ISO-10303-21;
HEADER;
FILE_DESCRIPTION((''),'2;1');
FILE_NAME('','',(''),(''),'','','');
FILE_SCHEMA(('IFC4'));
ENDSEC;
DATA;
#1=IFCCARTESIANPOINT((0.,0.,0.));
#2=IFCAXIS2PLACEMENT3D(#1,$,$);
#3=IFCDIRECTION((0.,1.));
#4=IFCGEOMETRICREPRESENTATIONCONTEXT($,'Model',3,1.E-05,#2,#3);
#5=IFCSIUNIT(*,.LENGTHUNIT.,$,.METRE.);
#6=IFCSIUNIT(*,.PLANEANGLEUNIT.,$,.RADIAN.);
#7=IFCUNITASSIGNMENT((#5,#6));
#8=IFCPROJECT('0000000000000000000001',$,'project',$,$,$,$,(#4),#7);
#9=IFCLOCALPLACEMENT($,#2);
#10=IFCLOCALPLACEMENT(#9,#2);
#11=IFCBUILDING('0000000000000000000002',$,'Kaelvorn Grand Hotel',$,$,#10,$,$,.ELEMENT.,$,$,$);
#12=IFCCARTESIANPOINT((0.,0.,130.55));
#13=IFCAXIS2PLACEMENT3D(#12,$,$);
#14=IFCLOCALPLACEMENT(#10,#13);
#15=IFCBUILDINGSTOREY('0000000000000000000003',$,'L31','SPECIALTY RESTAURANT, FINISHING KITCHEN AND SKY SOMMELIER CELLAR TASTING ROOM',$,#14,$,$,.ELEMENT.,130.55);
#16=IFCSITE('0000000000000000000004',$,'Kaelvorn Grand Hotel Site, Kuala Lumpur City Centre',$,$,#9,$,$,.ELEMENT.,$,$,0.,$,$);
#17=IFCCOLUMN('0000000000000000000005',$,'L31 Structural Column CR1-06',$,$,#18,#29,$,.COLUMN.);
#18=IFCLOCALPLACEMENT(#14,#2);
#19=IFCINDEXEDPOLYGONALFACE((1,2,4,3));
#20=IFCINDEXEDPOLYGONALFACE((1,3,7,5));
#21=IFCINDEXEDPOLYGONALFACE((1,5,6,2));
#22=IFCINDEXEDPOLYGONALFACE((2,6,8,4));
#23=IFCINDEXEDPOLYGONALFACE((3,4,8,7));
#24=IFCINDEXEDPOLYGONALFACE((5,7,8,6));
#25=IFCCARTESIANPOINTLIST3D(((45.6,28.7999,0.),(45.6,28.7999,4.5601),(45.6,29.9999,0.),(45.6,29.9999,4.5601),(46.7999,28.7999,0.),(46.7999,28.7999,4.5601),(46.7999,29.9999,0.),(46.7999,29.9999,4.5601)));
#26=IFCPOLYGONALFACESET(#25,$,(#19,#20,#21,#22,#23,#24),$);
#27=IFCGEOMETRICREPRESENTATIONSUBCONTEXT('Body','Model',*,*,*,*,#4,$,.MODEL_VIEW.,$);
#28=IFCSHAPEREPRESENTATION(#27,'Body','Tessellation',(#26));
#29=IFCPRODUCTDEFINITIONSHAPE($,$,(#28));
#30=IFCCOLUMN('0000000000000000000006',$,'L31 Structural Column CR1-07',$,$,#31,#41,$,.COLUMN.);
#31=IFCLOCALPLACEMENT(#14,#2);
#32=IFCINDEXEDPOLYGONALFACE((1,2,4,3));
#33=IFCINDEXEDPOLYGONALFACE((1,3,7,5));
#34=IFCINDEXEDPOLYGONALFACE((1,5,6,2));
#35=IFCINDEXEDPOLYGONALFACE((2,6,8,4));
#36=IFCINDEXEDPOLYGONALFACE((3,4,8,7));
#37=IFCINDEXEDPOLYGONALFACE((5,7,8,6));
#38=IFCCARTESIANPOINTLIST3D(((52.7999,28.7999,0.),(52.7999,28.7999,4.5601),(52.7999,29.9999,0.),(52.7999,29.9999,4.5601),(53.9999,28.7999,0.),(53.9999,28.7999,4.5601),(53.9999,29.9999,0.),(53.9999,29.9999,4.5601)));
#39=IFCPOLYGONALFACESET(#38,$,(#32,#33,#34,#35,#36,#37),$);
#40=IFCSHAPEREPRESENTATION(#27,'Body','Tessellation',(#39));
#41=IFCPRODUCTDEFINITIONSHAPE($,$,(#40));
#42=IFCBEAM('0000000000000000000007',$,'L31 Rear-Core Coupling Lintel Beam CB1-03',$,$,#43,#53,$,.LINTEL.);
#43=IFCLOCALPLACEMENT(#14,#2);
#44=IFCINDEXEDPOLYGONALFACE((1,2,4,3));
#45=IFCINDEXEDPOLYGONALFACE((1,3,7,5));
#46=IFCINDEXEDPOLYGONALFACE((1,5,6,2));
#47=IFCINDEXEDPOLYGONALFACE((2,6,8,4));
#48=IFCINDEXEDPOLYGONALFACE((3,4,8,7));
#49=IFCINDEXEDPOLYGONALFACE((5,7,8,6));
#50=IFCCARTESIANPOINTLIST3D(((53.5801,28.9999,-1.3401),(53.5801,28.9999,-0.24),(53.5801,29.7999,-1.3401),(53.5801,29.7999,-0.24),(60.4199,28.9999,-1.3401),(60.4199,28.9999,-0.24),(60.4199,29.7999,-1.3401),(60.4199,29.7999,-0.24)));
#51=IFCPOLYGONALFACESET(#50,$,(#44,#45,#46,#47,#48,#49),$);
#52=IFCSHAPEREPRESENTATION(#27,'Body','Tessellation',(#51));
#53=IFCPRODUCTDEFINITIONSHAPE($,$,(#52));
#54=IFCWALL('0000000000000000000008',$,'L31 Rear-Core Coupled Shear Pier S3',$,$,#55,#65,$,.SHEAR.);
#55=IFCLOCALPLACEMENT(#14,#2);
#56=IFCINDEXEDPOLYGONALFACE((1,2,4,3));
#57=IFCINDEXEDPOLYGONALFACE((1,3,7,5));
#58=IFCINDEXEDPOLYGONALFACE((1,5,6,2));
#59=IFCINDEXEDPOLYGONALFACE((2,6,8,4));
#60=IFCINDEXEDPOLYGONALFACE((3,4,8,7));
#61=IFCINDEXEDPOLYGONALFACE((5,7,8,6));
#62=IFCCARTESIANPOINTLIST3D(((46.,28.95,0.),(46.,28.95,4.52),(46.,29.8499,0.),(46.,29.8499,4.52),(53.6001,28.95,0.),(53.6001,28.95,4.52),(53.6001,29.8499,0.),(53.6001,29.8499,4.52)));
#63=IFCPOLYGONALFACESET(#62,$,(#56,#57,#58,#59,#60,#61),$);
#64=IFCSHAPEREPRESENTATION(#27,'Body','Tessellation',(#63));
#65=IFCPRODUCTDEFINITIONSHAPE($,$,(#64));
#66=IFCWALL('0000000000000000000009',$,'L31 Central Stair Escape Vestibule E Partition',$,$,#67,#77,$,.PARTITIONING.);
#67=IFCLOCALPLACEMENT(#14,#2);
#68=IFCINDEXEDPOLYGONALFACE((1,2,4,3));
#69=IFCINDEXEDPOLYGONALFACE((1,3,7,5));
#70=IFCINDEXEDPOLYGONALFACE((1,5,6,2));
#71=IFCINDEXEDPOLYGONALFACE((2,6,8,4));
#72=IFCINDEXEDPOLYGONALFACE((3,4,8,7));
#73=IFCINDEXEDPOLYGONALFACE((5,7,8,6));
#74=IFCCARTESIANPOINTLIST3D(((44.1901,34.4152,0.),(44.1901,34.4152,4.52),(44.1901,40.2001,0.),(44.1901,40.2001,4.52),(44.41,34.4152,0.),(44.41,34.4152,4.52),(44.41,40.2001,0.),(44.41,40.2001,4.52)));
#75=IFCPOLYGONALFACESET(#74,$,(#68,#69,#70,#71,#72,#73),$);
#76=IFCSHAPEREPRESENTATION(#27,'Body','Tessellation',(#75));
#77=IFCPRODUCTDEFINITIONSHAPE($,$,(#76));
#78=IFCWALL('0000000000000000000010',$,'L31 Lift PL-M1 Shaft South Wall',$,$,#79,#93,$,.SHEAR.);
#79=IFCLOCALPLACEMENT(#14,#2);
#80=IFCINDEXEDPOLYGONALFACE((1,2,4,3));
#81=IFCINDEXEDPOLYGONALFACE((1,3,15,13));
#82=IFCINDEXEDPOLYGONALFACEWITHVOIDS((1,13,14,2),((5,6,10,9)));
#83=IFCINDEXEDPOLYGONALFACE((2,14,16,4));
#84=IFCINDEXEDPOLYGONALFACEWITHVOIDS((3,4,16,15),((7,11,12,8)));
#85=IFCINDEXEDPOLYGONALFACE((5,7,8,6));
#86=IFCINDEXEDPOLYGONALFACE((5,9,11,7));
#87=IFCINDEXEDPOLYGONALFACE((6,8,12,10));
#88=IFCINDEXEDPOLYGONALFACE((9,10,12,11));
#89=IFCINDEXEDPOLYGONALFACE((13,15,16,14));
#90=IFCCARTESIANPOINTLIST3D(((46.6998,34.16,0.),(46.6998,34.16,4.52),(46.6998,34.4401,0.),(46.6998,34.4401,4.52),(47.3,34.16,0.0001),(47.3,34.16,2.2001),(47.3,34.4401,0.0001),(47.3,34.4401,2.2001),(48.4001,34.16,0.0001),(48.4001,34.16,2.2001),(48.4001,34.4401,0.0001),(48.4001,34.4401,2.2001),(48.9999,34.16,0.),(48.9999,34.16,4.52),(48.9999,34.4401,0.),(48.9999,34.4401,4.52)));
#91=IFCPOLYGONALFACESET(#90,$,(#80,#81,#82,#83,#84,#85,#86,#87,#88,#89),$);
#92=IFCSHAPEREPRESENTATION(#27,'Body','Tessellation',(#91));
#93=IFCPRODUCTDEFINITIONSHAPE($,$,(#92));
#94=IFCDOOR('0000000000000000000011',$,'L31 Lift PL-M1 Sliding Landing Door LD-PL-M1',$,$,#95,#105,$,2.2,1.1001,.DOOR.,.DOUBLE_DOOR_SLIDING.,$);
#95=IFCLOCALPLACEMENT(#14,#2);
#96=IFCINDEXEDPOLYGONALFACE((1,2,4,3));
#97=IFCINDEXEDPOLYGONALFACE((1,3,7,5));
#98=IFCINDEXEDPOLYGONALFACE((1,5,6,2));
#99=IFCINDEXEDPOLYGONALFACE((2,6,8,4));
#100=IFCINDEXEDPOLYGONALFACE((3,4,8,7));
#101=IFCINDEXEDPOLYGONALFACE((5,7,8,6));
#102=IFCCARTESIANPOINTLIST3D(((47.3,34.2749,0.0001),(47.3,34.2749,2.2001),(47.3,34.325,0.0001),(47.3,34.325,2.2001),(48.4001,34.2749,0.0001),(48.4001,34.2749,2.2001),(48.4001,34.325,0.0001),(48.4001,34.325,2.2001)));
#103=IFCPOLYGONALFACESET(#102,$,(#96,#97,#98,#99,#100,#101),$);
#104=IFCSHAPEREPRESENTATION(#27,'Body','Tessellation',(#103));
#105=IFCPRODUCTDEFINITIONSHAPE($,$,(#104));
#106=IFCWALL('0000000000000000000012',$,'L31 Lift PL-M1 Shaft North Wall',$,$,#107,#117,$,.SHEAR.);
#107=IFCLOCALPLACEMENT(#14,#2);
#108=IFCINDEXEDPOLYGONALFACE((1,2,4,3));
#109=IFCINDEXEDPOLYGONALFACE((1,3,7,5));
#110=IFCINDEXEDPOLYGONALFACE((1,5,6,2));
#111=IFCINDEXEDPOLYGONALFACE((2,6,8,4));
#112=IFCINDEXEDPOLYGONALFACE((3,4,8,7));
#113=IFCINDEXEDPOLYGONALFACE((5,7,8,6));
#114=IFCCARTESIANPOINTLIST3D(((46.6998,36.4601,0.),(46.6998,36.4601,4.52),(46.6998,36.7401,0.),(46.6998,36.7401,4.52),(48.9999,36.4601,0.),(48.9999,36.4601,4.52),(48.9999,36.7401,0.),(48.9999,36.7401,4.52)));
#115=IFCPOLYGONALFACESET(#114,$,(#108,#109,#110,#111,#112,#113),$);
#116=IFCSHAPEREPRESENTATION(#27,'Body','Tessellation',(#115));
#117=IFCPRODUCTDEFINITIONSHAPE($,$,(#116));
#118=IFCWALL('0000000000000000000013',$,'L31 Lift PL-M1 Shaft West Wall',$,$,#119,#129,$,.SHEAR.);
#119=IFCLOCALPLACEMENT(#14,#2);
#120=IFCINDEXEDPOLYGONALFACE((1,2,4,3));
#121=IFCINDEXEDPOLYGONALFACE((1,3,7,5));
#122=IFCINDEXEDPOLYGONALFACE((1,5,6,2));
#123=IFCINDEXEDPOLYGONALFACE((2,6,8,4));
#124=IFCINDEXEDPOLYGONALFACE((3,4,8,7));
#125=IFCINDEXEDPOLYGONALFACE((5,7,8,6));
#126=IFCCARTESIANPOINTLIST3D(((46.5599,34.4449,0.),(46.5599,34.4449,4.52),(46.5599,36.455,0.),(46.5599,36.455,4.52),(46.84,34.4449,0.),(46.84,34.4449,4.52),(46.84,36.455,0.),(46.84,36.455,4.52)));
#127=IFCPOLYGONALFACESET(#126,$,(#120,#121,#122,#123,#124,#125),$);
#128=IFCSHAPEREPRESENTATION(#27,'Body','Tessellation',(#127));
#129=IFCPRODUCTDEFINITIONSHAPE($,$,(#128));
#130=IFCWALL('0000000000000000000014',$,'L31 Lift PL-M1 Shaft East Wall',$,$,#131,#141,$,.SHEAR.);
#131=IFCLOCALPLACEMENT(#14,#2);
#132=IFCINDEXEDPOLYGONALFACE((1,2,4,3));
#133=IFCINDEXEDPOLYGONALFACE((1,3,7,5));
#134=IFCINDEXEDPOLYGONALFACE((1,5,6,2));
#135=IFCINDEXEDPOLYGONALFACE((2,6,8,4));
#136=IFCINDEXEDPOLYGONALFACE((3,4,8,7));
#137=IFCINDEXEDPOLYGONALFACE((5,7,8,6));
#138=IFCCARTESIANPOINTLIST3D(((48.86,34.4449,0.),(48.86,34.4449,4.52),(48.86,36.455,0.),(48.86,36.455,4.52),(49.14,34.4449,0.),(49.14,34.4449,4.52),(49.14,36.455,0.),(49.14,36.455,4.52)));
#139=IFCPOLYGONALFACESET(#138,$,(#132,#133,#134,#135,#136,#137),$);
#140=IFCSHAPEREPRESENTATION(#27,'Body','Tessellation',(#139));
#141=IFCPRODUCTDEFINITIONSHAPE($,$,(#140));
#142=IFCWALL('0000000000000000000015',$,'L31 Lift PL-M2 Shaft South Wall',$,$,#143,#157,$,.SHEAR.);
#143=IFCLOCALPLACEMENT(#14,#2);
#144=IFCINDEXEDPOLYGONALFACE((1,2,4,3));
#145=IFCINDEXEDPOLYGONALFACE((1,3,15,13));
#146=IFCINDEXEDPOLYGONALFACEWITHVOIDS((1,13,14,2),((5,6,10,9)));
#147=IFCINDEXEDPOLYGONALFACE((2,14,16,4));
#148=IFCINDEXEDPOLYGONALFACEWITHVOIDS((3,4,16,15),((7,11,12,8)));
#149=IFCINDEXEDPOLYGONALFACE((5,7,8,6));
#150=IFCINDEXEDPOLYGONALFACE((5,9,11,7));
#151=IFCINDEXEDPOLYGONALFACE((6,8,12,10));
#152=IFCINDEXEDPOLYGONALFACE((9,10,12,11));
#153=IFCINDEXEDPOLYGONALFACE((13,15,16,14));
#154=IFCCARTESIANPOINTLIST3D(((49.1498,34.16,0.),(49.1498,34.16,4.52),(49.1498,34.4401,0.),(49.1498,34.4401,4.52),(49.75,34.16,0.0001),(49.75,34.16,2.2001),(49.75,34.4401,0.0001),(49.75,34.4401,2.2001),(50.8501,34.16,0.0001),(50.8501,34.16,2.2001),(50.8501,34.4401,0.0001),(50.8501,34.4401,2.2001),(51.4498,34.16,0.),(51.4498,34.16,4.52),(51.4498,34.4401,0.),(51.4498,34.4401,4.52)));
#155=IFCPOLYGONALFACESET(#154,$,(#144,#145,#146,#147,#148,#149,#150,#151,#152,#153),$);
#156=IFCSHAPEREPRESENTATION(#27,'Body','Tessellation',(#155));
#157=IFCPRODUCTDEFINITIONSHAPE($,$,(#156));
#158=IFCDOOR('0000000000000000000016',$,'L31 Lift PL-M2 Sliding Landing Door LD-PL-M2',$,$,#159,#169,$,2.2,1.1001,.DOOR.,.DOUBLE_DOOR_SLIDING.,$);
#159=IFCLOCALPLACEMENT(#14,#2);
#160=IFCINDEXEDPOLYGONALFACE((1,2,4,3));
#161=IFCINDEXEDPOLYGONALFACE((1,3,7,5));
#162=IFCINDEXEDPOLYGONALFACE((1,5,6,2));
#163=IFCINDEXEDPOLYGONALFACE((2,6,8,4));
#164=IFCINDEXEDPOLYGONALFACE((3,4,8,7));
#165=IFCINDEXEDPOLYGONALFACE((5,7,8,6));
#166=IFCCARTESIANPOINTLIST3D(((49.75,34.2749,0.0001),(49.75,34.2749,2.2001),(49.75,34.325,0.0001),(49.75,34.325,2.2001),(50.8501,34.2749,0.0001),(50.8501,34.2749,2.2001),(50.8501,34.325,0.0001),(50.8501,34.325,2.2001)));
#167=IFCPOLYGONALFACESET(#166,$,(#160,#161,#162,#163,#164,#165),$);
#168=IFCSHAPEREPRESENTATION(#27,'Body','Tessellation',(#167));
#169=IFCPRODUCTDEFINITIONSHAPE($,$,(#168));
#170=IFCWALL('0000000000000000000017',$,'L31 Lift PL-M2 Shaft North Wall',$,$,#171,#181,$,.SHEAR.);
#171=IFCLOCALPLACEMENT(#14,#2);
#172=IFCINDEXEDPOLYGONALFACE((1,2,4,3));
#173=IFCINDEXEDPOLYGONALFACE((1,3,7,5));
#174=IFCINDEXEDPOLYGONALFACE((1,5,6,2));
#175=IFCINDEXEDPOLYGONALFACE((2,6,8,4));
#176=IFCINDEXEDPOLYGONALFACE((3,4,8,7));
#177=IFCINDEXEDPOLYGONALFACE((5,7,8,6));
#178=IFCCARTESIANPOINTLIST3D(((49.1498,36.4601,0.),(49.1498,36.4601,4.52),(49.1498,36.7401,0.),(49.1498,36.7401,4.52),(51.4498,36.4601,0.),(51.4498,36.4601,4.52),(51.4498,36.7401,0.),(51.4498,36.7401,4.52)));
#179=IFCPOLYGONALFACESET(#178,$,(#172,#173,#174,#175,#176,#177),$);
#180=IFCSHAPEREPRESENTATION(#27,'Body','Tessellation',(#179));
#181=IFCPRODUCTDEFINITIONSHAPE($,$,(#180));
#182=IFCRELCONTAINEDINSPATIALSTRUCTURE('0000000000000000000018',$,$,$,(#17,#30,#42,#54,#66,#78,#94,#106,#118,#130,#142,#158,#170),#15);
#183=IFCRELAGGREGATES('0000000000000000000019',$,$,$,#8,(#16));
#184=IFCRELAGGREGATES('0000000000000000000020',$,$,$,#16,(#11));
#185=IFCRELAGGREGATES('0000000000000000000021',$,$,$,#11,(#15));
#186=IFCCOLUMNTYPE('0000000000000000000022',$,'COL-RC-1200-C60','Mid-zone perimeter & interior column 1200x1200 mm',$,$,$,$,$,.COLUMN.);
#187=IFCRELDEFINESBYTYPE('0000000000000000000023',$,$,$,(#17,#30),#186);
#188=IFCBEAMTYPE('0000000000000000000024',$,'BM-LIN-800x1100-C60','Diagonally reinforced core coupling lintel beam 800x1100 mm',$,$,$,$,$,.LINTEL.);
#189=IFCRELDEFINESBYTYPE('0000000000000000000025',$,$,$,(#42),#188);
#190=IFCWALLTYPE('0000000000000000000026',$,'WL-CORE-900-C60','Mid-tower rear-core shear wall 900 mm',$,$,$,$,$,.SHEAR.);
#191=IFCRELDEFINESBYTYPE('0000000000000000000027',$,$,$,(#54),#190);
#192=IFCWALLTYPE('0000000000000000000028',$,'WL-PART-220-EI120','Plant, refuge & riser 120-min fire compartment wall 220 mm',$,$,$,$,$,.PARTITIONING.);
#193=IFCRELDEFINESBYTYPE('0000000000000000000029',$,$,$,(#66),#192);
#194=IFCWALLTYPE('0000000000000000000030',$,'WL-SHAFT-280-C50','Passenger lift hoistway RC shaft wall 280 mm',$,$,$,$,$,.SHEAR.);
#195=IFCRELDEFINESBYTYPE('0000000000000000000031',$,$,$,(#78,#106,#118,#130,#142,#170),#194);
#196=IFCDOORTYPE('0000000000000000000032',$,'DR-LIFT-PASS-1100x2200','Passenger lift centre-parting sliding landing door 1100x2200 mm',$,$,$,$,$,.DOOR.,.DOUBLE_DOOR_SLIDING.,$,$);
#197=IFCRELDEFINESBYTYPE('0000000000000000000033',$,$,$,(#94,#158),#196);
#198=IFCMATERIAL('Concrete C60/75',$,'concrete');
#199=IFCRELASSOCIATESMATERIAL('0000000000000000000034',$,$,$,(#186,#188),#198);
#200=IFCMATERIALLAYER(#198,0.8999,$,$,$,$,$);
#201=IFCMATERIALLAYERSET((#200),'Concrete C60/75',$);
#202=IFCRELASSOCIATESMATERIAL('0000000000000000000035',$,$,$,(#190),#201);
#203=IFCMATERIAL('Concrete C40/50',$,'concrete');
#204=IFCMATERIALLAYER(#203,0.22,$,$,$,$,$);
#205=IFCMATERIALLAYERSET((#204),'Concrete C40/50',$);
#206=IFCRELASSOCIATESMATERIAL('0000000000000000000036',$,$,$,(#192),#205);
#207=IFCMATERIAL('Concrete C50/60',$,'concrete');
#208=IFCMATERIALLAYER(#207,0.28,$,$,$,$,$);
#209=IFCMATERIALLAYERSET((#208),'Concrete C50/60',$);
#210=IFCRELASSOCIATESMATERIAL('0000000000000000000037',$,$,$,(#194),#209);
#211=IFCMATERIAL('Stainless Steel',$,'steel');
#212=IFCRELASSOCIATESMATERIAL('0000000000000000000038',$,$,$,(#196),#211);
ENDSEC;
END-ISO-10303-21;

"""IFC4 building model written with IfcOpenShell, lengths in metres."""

from ifc_helpers import new_model, si_unit, direction, frame, frame_2d, origin, origin_2d, place, context, subcontext, project, spatial, rectangle, extrude, material, layer, layer_set, material_profile, profile_set, type_object, element, fill, save


model = new_model("IFC4")

# Units and contexts
model_context = context("Model", 3, precision=1e-05, world=origin(), true_north=direction((0.0, 1.0)))
body_context = subcontext(model_context, "Body", "Model", "MODEL_VIEW")
ifc_project = project(units=[si_unit("LENGTHUNIT", "METRE"), si_unit("PLANEANGLEUNIT", "RADIAN")], contexts=[model_context])

# Site, building, storey
site_placement = place(None, origin())
site = spatial("IfcSite", under=ifc_project, at=site_placement, Name="Kaelvorn Grand Hotel Site, Kuala Lumpur City Centre", CompositionType="ELEMENT", RefElevation=0.0)
building_placement = place(site_placement, origin())
building = spatial("IfcBuilding", under=site, at=building_placement, Name="Kaelvorn Grand Hotel", CompositionType="ELEMENT")
storey_placement = place(building_placement, frame((0.0, 0.0, 130.55)))
storey = spatial("IfcBuildingStorey", under=building, at=storey_placement, Name="L31", Description="SPECIALTY RESTAURANT, FINISHING KITCHEN AND SKY SOMMELIER CELLAR TASTING ROOM", CompositionType="ELEMENT", Elevation=130.55)

# Columns
ifc_material_1 = material(Name="Concrete C60/75", Category="concrete")
ifc_material_profile_1 = material_profile(ifc_material_1, rectangle(XDim=1.2, YDim=1.2, at=origin_2d()), Name="RC COL 1200x1200")
ifc_profile_set_1 = profile_set([ifc_material_profile_1], Name="Concrete C60/75")
column_type = type_object("IfcColumnType", Name="COL-RC-1200-C60", Description="Mid-zone perimeter & interior column 1200x1200 mm", PredefinedType="COLUMN", material=ifc_profile_set_1)
for number, where, z_axis, x_axis, name in (
    (1, (46.2, 29.3999, 0.0), (0.0, 0.0, 1.0), (1.0, 0.0, 0.0), "L31 Structural Column CR1-06"),
    (2, (53.3999, 29.3999, 0.0), (0.0, 0.0, 1.0), (1.0, 0.0, 0.0), "L31 Structural Column CR1-07"),
):
    element("IfcColumn", number, at=place(storey_placement, frame(where, z_axis=z_axis, x_axis=x_axis)), inside=storey, type_object=column_type, Name=name, PredefinedType="COLUMN", context=body_context, shape_type="SweptSolid", body=[
        extrude(rectangle(XDim=1.2, YDim=1.2, at=origin_2d()), origin(), (0.0, 0.0, 1.0), 4.5601),
    ])

# Beam
ifc_material_profile_2 = material_profile(ifc_material_1, rectangle(XDim=0.8, YDim=1.1001, at=origin_2d()), Name="RC LINTEL 800x1100")
ifc_profile_set_2 = profile_set([ifc_material_profile_2], Name="Concrete C60/75")
beam_type = type_object("IfcBeamType", Name="BM-LIN-800x1100-C60", Description="Diagonally reinforced core coupling lintel beam 800x1100 mm", PredefinedType="LINTEL", material=ifc_profile_set_2)
beam_placement = place(storey_placement, frame((53.5801, 29.3999, -0.79), z_axis=(1.0, 0.0, 0.0), x_axis=(0.0, 1.0, 0.0)))
element("IfcBeam", 3, at=beam_placement, inside=storey, type_object=beam_type, Name="L31 Rear-Core Coupling Lintel Beam CB1-03", PredefinedType="LINTEL", context=body_context, shape_type="SweptSolid", body=[
    extrude(rectangle(XDim=0.8, YDim=1.1001, at=origin_2d()), origin(), (0.0, 0.0, 1.0), 6.8398),
])

# Walls
ifc_layer_1 = layer(ifc_material_1, 0.8999)
ifc_layer_set_1 = layer_set([ifc_layer_1], Name="Concrete C60/75")
wall_type_1 = type_object("IfcWallType", Name="WL-CORE-900-C60", Description="Mid-tower rear-core shear wall 900 mm", PredefinedType="SHEAR", material=ifc_layer_set_1)
wall_1_placement = place(storey_placement, frame((46.0, 29.3999, 0.0), z_axis=(0.0, 0.0, 1.0), x_axis=(1.0, 0.0, 0.0)))
element("IfcWall", 4, at=wall_1_placement, inside=storey, type_object=wall_type_1, Name="L31 Rear-Core Coupled Shear Pier S3", PredefinedType="SHEAR", context=body_context, shape_type="SweptSolid", body=[
    extrude(rectangle(XDim=7.6001, YDim=0.8999, at=frame_2d((3.8, 0.0))), origin(), (0.0, 0.0, 1.0), 4.52),
])
ifc_material_2 = material(Name="Concrete C40/50", Category="concrete")
ifc_layer_2 = layer(ifc_material_2, 0.22)
ifc_layer_set_2 = layer_set([ifc_layer_2], Name="Concrete C40/50")
wall_type_2 = type_object("IfcWallType", Name="WL-PART-220-EI120", Description="Plant, refuge & riser 120-min fire compartment wall 220 mm", PredefinedType="PARTITIONING", material=ifc_layer_set_2)
wall_2_placement = place(storey_placement, frame((44.3, 34.415, 0.0), z_axis=(0.0, 0.0, 1.0), x_axis=(0.0, 1.0, 0.0)))
element("IfcWall", 5, at=wall_2_placement, inside=storey, type_object=wall_type_2, Name="L31 Central Stair Escape Vestibule E Partition", PredefinedType="PARTITIONING", context=body_context, shape_type="SweptSolid", body=[
    extrude(rectangle(XDim=5.7849, YDim=0.22, at=frame_2d((2.8926, 0.0))), origin(), (0.0, 0.0, 1.0), 4.52),
])

# Wall, opening, door
ifc_material_3 = material(Name="Concrete C50/60", Category="concrete")
ifc_layer_3 = layer(ifc_material_3, 0.28)
ifc_layer_set_3 = layer_set([ifc_layer_3], Name="Concrete C50/60")
wall_type_3 = type_object("IfcWallType", Name="WL-SHAFT-280-C50", Description="Passenger lift hoistway RC shaft wall 280 mm", PredefinedType="SHEAR", material=ifc_layer_set_3)
wall_3_placement = place(storey_placement, frame((46.7, 34.3, 0.0), z_axis=(0.0, 0.0, 1.0), x_axis=(1.0, 0.0, 0.0)))
wall_3 = element("IfcWall", 6, at=wall_3_placement, inside=storey, type_object=wall_type_3, Name="L31 Lift PL-M1 Shaft South Wall", PredefinedType="SHEAR", context=body_context, shape_type="SweptSolid", body=[
    extrude(rectangle(XDim=2.3, YDim=0.28, at=frame_2d((1.1499, 0.0))), origin(), (0.0, 0.0, 1.0), 4.52),
])
opening_1_placement = place(wall_3_placement, frame((0.6001, 0.0, 0.0)))
opening_1 = element("IfcOpeningElement", 7, at=opening_1_placement, cuts=wall_3, PredefinedType="OPENING", context=body_context, shape_type="SweptSolid", body=[
    extrude(rectangle(XDim=1.1001, YDim=2.2, at=frame_2d((0.55, 1.1001))), frame((0.0, 0.1499, 0.0), z_axis=(0.0, -1.0, 0.0), x_axis=(1.0, 0.0, 0.0)), (0.0, 0.0, 1.0), 0.3),
])
ifc_material_4 = material(Name="Stainless Steel", Category="steel")
door_type = type_object("IfcDoorType", Name="DR-LIFT-PASS-1100x2200", Description="Passenger lift centre-parting sliding landing door 1100x2200 mm", OperationType="DOUBLE_DOOR_SLIDING", PredefinedType="DOOR", material=ifc_material_4)
door_1_placement = place(opening_1_placement, origin())
door_1 = element("IfcDoor", 8, at=door_1_placement, inside=storey, type_object=door_type, Name="L31 Lift PL-M1 Sliding Landing Door LD-PL-M1", OperationType="DOUBLE_DOOR_SLIDING", OverallHeight=2.2, OverallWidth=1.1001, PredefinedType="DOOR", context=body_context, shape_type="SweptSolid", body=[
    extrude(rectangle(XDim=1.1001, YDim=2.2, at=frame_2d((0.55, 1.1001))), frame((0.0, 0.0249, 0.0), z_axis=(0.0, -1.0, 0.0), x_axis=(1.0, 0.0, 0.0)), (0.0, 0.0, 1.0), 0.05),
])
fill(opening_1, door_1)

# Walls
wall_4_placement = place(storey_placement, frame((46.7, 36.6001, 0.0), z_axis=(0.0, 0.0, 1.0), x_axis=(1.0, 0.0, 0.0)))
element("IfcWall", 9, at=wall_4_placement, inside=storey, type_object=wall_type_3, Name="L31 Lift PL-M1 Shaft North Wall", PredefinedType="SHEAR", context=body_context, shape_type="SweptSolid", body=[
    extrude(rectangle(XDim=2.3, YDim=0.28, at=frame_2d((1.1499, 0.0))), origin(), (0.0, 0.0, 1.0), 4.52),
])
for number, where, z_axis, x_axis, name in (
    (10, (46.7, 34.4451, 0.0), (0.0, 0.0, 1.0), (0.0, 1.0, 0.0), "L31 Lift PL-M1 Shaft West Wall"),
    (11, (49.0, 34.4451, 0.0), (0.0, 0.0, 1.0), (0.0, 1.0, 0.0), "L31 Lift PL-M1 Shaft East Wall"),
):
    element("IfcWall", number, at=place(storey_placement, frame(where, z_axis=z_axis, x_axis=x_axis)), inside=storey, type_object=wall_type_3, Name=name, PredefinedType="SHEAR", context=body_context, shape_type="SweptSolid", body=[
        extrude(rectangle(XDim=2.01, YDim=0.28, at=frame_2d((1.0049, 0.0))), origin(), (0.0, 0.0, 1.0), 4.52),
    ])

# Wall, opening, door
wall_5_placement = place(storey_placement, frame((49.1499, 34.3, 0.0), z_axis=(0.0, 0.0, 1.0), x_axis=(1.0, 0.0, 0.0)))
wall_5 = element("IfcWall", 12, at=wall_5_placement, inside=storey, type_object=wall_type_3, Name="L31 Lift PL-M2 Shaft South Wall", PredefinedType="SHEAR", context=body_context, shape_type="SweptSolid", body=[
    extrude(rectangle(XDim=2.3, YDim=0.28, at=frame_2d((1.1499, 0.0))), origin(), (0.0, 0.0, 1.0), 4.52),
])
opening_2_placement = place(wall_5_placement, frame((0.6001, 0.0, 0.0)))
opening_2 = element("IfcOpeningElement", 13, at=opening_2_placement, cuts=wall_5, PredefinedType="OPENING", context=body_context, shape_type="SweptSolid", body=[
    extrude(rectangle(XDim=1.1001, YDim=2.2, at=frame_2d((0.55, 1.1001))), frame((0.0, 0.1499, 0.0), z_axis=(0.0, -1.0, 0.0), x_axis=(1.0, 0.0, 0.0)), (0.0, 0.0, 1.0), 0.3),
])
door_2_placement = place(opening_2_placement, origin())
door_2 = element("IfcDoor", 14, at=door_2_placement, inside=storey, type_object=door_type, Name="L31 Lift PL-M2 Sliding Landing Door LD-PL-M2", OperationType="DOUBLE_DOOR_SLIDING", OverallHeight=2.2, OverallWidth=1.1001, PredefinedType="DOOR", context=body_context, shape_type="SweptSolid", body=[
    extrude(rectangle(XDim=1.1001, YDim=2.2, at=frame_2d((0.55, 1.1001))), frame((0.0, 0.0249, 0.0), z_axis=(0.0, -1.0, 0.0), x_axis=(1.0, 0.0, 0.0)), (0.0, 0.0, 1.0), 0.05),
])
fill(opening_2, door_2)

# Wall
wall_6_placement = place(storey_placement, frame((49.1499, 36.6001, 0.0), z_axis=(0.0, 0.0, 1.0), x_axis=(1.0, 0.0, 0.0)))
element("IfcWall", 15, at=wall_6_placement, inside=storey, type_object=wall_type_3, Name="L31 Lift PL-M2 Shaft North Wall", PredefinedType="SHEAR", context=body_context, shape_type="SweptSolid", body=[
    extrude(rectangle(XDim=2.3, YDim=0.28, at=frame_2d((1.1499, 0.0))), origin(), (0.0, 0.0, 1.0), 4.52),
])

save(model, "model.ifc")
